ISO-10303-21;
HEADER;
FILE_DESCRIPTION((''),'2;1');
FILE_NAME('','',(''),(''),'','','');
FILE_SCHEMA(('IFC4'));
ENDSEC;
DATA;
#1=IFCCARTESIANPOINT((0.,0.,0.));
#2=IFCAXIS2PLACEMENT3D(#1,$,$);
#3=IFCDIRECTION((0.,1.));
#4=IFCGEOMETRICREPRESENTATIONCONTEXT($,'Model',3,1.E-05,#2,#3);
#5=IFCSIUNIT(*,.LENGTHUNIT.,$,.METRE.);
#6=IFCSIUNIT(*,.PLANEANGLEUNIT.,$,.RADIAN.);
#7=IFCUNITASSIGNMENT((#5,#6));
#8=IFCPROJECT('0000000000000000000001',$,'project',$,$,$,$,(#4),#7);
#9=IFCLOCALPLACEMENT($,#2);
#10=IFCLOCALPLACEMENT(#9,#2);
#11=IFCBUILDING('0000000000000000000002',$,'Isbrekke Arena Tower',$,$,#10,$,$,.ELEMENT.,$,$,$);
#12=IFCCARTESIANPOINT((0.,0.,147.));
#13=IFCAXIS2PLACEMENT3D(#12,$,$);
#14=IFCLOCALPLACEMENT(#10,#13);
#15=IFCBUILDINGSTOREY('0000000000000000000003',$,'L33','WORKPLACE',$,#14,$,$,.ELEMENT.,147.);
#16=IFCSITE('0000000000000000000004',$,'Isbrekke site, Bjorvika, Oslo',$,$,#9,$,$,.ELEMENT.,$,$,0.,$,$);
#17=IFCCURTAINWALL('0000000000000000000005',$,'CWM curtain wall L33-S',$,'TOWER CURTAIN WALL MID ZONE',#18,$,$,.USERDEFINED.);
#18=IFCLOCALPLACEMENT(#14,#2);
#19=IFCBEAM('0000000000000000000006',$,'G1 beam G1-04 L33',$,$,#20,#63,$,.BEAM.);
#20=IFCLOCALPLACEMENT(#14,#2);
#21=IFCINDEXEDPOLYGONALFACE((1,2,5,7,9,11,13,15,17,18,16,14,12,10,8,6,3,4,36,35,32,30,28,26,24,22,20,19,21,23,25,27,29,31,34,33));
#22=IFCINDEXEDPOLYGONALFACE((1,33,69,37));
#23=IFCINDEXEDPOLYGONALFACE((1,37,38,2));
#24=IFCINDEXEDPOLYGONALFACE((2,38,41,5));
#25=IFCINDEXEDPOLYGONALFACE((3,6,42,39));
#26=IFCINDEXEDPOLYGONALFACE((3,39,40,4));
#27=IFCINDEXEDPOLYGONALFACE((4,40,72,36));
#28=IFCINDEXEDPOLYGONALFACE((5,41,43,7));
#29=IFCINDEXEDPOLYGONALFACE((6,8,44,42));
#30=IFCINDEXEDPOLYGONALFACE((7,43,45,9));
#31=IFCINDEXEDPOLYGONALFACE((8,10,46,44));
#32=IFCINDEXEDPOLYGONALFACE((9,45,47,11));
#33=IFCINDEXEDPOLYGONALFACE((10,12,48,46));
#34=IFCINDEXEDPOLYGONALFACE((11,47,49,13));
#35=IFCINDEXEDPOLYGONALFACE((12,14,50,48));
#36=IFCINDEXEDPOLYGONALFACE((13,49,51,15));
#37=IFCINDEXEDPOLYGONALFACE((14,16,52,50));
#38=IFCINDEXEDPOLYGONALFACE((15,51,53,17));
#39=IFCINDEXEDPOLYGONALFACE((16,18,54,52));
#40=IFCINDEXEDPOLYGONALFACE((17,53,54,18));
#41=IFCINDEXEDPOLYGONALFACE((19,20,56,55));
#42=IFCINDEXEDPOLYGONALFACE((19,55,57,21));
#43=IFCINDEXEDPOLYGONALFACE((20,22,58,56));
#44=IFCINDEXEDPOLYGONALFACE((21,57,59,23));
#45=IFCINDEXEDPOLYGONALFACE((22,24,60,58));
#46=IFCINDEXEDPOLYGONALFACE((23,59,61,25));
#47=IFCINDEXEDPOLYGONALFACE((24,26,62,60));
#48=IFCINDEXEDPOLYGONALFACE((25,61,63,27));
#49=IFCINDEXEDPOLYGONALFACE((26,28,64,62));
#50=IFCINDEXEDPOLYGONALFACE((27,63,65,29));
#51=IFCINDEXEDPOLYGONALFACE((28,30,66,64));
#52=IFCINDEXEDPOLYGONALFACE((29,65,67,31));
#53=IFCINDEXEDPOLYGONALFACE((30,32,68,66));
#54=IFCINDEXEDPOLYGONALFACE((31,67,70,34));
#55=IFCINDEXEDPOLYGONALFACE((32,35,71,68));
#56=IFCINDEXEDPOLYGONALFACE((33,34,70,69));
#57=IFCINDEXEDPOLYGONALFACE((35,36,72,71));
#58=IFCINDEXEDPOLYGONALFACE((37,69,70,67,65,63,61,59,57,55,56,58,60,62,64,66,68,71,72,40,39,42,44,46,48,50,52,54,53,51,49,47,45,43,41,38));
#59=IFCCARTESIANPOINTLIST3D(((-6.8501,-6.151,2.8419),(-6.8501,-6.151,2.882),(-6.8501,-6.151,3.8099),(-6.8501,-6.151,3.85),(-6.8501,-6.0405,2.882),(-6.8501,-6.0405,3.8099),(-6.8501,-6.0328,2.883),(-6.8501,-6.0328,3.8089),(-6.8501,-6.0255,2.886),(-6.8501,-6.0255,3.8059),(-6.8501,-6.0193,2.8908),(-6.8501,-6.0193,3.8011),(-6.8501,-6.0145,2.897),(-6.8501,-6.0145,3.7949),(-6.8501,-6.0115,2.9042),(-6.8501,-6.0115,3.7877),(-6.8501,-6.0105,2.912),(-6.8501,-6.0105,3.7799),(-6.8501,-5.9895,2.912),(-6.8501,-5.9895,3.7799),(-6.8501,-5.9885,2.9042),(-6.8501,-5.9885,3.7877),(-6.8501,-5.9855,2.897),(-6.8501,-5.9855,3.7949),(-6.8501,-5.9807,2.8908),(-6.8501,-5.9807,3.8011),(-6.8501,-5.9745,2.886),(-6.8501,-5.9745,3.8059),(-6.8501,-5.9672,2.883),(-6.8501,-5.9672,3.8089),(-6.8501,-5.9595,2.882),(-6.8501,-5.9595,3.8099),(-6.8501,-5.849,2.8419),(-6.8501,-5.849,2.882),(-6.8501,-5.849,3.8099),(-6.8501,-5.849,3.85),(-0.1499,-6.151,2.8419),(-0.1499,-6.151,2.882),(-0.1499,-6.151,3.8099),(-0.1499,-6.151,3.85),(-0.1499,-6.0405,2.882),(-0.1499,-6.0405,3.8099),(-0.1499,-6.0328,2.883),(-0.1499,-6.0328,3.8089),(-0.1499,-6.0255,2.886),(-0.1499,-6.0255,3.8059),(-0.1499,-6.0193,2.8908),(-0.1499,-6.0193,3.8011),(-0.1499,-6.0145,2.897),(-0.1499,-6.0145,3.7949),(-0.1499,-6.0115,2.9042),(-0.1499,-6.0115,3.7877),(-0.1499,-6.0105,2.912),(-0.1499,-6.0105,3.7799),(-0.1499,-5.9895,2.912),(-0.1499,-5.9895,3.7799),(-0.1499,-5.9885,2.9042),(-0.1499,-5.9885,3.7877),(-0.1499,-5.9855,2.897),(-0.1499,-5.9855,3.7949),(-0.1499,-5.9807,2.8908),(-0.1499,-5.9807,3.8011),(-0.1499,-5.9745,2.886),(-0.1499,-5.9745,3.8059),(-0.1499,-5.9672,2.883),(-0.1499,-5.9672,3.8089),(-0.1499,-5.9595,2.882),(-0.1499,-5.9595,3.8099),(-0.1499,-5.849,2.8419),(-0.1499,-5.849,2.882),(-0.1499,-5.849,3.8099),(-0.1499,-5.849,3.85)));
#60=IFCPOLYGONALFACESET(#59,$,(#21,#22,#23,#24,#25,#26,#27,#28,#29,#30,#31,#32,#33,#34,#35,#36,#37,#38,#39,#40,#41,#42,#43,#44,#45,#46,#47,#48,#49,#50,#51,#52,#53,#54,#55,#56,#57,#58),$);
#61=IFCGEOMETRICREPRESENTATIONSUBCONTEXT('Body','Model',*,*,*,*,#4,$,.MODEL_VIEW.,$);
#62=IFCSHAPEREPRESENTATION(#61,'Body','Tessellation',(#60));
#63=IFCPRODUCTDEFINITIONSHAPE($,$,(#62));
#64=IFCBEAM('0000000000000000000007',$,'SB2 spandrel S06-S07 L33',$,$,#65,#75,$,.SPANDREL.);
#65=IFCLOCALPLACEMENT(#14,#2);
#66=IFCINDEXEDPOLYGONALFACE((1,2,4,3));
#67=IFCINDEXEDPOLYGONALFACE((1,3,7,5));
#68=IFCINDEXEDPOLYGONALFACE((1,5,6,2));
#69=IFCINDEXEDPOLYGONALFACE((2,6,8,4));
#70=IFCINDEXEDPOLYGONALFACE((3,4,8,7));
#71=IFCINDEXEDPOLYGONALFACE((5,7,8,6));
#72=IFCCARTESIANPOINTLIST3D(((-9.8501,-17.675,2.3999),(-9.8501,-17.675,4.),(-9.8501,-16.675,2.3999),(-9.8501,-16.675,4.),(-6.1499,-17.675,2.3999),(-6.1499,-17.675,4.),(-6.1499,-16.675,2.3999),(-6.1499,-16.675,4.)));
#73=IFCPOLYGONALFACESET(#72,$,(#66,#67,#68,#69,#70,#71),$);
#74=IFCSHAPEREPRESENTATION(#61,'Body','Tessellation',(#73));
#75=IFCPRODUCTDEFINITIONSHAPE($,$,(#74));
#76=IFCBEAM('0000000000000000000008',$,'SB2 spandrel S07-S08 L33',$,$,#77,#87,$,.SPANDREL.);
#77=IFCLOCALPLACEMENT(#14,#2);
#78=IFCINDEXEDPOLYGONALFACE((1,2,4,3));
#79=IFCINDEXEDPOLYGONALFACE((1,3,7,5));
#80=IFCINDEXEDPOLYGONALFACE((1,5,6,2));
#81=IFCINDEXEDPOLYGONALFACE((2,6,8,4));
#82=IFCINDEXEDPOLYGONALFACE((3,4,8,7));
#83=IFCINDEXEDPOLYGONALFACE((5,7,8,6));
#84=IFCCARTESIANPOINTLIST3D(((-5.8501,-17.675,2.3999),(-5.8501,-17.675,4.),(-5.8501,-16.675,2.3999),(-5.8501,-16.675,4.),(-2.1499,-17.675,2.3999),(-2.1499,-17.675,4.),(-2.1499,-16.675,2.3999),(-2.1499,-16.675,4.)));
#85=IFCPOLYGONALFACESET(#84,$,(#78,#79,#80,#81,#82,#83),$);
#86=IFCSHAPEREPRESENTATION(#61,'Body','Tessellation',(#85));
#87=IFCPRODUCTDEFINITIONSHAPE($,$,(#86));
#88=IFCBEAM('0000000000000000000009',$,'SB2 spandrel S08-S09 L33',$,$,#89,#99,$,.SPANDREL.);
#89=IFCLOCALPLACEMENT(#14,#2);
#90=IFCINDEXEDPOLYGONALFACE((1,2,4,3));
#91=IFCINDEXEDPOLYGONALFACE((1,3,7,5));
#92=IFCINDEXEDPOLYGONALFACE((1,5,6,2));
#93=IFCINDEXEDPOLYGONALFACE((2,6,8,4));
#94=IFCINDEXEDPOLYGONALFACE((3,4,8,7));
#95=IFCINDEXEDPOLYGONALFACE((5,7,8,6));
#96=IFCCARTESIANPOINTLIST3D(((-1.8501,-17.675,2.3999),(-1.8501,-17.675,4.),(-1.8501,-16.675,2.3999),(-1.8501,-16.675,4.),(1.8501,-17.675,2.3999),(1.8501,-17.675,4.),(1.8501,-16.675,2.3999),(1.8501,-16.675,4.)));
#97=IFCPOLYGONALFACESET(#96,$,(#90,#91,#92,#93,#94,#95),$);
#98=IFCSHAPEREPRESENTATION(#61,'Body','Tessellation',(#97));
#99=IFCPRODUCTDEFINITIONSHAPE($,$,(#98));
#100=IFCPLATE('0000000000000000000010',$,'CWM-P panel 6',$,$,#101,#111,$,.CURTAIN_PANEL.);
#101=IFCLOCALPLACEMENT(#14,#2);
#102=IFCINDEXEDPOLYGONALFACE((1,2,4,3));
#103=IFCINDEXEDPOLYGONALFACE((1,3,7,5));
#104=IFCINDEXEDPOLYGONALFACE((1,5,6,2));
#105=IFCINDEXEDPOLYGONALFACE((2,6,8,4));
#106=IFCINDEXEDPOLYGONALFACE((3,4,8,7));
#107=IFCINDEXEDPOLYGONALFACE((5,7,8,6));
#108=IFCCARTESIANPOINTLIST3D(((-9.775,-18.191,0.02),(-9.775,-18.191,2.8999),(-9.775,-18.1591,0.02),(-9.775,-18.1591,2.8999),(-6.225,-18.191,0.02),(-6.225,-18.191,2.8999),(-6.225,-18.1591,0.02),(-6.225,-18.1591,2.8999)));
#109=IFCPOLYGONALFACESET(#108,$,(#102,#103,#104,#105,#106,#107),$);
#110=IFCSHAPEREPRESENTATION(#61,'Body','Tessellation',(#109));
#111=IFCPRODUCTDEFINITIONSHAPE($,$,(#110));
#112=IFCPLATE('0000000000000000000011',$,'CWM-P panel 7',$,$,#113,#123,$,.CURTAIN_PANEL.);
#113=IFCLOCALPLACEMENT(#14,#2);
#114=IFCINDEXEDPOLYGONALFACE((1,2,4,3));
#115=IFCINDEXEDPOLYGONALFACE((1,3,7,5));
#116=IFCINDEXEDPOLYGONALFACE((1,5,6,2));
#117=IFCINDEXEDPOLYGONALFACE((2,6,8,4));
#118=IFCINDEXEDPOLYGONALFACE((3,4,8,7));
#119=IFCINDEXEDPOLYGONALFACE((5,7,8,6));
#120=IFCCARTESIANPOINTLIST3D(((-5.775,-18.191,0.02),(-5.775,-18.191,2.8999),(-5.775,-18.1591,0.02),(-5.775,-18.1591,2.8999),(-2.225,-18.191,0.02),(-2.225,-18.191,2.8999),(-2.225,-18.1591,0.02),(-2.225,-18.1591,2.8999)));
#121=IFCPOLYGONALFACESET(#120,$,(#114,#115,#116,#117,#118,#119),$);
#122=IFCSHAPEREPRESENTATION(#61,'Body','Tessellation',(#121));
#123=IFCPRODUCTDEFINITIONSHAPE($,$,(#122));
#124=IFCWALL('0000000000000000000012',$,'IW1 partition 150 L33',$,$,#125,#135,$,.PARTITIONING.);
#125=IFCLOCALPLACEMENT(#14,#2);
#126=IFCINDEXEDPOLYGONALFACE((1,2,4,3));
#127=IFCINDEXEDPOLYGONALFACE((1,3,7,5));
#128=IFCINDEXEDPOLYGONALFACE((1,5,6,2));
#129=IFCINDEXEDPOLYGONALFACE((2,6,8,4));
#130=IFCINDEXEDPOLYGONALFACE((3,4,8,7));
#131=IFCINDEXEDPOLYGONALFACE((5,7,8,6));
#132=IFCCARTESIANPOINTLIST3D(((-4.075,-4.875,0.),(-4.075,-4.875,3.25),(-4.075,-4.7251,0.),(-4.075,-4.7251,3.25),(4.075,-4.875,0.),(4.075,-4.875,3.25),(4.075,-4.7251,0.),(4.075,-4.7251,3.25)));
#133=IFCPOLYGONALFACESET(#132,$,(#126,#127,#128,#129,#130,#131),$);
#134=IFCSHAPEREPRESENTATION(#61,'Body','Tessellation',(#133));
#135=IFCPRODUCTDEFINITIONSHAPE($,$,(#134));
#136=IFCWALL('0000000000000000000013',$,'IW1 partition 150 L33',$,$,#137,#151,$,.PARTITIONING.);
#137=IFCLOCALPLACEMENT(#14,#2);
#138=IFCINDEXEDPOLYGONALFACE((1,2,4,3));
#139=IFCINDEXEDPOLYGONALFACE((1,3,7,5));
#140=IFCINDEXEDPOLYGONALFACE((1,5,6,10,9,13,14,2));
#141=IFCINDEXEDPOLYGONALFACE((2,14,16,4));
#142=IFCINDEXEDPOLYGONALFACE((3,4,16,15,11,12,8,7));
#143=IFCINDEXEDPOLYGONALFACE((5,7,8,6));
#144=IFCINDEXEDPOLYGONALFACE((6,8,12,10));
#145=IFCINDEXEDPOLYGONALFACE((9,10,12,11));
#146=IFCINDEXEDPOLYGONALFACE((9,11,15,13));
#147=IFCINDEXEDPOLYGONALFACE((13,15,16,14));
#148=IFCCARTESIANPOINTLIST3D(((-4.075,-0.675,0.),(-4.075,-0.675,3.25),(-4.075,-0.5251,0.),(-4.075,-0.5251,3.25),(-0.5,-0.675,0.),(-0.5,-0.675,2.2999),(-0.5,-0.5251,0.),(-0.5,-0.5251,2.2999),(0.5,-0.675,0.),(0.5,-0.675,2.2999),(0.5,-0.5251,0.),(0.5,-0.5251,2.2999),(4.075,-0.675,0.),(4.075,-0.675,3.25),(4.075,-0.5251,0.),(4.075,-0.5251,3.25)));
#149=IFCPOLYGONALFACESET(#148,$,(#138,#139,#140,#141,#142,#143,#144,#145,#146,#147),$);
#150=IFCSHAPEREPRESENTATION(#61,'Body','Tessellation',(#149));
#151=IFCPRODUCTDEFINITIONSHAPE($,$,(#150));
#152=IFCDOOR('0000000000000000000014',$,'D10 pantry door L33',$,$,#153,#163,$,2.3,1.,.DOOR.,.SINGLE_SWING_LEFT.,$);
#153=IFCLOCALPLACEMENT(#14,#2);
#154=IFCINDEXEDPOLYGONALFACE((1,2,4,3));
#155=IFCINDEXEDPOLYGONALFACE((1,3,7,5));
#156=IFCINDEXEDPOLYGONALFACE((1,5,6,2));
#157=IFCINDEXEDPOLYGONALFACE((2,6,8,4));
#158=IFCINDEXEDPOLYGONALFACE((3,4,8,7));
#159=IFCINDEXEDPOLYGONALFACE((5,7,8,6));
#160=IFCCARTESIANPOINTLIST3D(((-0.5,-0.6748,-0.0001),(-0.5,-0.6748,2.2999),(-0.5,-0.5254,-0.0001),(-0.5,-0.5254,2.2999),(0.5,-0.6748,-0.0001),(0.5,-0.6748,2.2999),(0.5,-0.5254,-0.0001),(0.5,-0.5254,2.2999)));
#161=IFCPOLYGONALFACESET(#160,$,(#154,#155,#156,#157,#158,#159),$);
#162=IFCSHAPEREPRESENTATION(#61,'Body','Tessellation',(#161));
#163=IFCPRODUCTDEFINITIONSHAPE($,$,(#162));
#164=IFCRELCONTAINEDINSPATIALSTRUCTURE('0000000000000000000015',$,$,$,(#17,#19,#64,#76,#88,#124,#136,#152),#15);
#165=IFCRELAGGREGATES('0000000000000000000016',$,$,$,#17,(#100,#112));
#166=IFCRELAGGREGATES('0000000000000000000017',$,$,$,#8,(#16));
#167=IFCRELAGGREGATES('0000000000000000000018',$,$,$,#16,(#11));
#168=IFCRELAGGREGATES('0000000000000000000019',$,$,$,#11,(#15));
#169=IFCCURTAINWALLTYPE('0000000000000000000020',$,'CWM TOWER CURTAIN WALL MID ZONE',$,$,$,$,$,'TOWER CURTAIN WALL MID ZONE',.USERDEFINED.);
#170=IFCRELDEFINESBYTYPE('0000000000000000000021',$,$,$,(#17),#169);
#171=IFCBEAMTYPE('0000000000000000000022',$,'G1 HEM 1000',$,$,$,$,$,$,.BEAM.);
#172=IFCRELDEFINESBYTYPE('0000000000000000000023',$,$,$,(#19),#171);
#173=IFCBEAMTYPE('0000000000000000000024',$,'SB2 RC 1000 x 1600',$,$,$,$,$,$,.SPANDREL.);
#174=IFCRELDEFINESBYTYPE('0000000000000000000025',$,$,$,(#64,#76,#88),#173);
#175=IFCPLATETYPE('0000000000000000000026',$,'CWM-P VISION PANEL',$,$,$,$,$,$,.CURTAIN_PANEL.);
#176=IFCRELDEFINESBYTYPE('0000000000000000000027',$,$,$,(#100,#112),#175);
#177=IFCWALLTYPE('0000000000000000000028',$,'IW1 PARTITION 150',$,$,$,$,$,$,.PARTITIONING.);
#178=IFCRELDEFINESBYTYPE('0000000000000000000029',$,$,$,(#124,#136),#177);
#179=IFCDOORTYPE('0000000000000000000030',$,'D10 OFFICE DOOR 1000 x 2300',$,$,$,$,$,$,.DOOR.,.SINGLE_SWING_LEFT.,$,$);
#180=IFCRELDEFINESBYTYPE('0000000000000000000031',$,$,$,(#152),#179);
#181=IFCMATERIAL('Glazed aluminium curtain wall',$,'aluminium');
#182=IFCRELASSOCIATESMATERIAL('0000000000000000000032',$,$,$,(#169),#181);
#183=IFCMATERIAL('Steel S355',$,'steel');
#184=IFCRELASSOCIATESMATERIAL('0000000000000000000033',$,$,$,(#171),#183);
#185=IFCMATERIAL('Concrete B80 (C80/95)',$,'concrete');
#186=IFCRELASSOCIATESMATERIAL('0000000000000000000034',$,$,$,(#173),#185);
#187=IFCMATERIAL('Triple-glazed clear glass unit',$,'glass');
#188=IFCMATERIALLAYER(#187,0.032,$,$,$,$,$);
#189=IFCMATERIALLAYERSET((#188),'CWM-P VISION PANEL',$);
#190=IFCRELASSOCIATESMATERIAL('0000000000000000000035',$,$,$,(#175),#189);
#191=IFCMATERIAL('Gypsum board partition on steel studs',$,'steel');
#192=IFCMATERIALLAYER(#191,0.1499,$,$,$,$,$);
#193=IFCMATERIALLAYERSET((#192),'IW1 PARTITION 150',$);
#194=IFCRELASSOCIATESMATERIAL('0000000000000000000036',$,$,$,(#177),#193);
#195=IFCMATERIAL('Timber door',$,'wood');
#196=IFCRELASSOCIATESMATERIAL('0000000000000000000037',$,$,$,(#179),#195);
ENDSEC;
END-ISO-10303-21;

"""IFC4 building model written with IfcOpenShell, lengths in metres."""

from ifc_helpers import new_model, si_unit, direction, frame, frame_2d, origin, origin_2d, place, context, subcontext, project, spatial, rectangle, i_section, extrude, material, layer, layer_set, material_profile, profile_set, type_object, element, fill, aggregate, save


model = new_model("IFC4")

# Units and contexts
model_context = context("Model", 3, precision=1e-05, world=origin(), true_north=direction((0.0, 1.0)))
body_context = subcontext(model_context, "Body", "Model", "MODEL_VIEW")
ifc_project = project(units=[si_unit("LENGTHUNIT", "METRE"), si_unit("PLANEANGLEUNIT", "RADIAN")], contexts=[model_context])

# Site, building, storey
site_placement = place(None, origin())
site = spatial("IfcSite", under=ifc_project, at=site_placement, Name="Isbrekke site, Bjorvika, Oslo", CompositionType="ELEMENT", RefElevation=0.0)
building_placement = place(site_placement, origin())
building = spatial("IfcBuilding", under=site, at=building_placement, Name="Isbrekke Arena Tower", CompositionType="ELEMENT")
storey_placement = place(building_placement, frame((0.0, 0.0, 147.0)))
storey = spatial("IfcBuildingStorey", under=building, at=storey_placement, Name="L33", Description="WORKPLACE", CompositionType="ELEMENT", Elevation=147.0)

# Curtain wall
ifc_material_1 = material(Name="Glazed aluminium curtain wall", Category="aluminium")
curtain_wall_type = type_object("IfcCurtainWallType", Name="CWM TOWER CURTAIN WALL MID ZONE", ElementType="TOWER CURTAIN WALL MID ZONE", PredefinedType="USERDEFINED", material=ifc_material_1)
curtain_wall_placement = place(storey_placement, origin())
curtain_wall = element("IfcCurtainWall", 1, at=curtain_wall_placement, inside=storey, type_object=curtain_wall_type, Name="CWM curtain wall L33-S", ObjectType="TOWER CURTAIN WALL MID ZONE", PredefinedType="USERDEFINED")

# Beams
ifc_material_2 = material(Name="Steel S355", Category="steel")
ifc_material_profile_1 = material_profile(ifc_material_2, i_section(OverallWidth=0.302, OverallDepth=1.0081, WebThickness=0.021, FlangeThickness=0.04, FilletRadius=0.03, at=origin_2d()), Name="HEM 1000")
ifc_profile_set_1 = profile_set([ifc_material_profile_1], Name="Steel S355")
beam_type_1 = type_object("IfcBeamType", Name="G1 HEM 1000", PredefinedType="BEAM", material=ifc_profile_set_1)
beam_1_placement = place(storey_placement, frame((-6.8501, -6.0, 3.3459), z_axis=(1.0, 0.0, 0.0), x_axis=(0.0, 1.0, 0.0)))
element("IfcBeam", 2, at=beam_1_placement, inside=storey, type_object=beam_type_1, Name="G1 beam G1-04 L33", PredefinedType="BEAM", context=body_context, shape_type="SweptSolid", body=[
    extrude(i_section(OverallWidth=0.302, OverallDepth=1.0081, WebThickness=0.021, FlangeThickness=0.04, FilletRadius=0.03, at=origin_2d()), origin(), (0.0, 0.0, 1.0), 6.7002),
])
ifc_material_3 = material(Name="Concrete B80 (C80/95)", Category="concrete")
ifc_material_profile_2 = material_profile(ifc_material_3, rectangle(XDim=1.0, YDim=1.6001, at=origin_2d()), Name="RC 1000x1600")
ifc_profile_set_2 = profile_set([ifc_material_profile_2], Name="Concrete B80 (C80/95)")
beam_type_2 = type_object("IfcBeamType", Name="SB2 RC 1000 x 1600", PredefinedType="SPANDREL", material=ifc_profile_set_2)
for number, where, z_axis, x_axis, name in (
    (3, (-9.8501, -17.175, 3.2), (1.0, 0.0, 0.0), (0.0, 1.0, 0.0), "SB2 spandrel S06-S07 L33"),
    (4, (-5.8501, -17.175, 3.2), (1.0, 0.0, 0.0), (0.0, 1.0, 0.0), "SB2 spandrel S07-S08 L33"),
    (5, (-1.8501, -17.175, 3.2), (1.0, 0.0, 0.0), (0.0, 1.0, 0.0), "SB2 spandrel S08-S09 L33"),
):
    element("IfcBeam", number, at=place(storey_placement, frame(where, z_axis=z_axis, x_axis=x_axis)), inside=storey, type_object=beam_type_2, Name=name, PredefinedType="SPANDREL", context=body_context, shape_type="SweptSolid", body=[
        extrude(rectangle(XDim=1.0, YDim=1.6001, at=origin_2d()), origin(), (0.0, 0.0, 1.0), 3.7002),
    ])

# Plates
ifc_material_4 = material(Name="Triple-glazed clear glass unit", Category="glass")
ifc_layer_1 = layer(ifc_material_4, 0.032)
ifc_layer_set_1 = layer_set([ifc_layer_1], Name="CWM-P VISION PANEL")
plate_type = type_object("IfcPlateType", Name="CWM-P VISION PANEL", PredefinedType="CURTAIN_PANEL", material=ifc_layer_set_1)
plate_1_placement = place(storey_placement, frame((-8.0, -18.175, 0.02), z_axis=(0.0, 0.0, 1.0), x_axis=(1.0, 0.0, 0.0)))
plate_1 = element("IfcPlate", 6, at=plate_1_placement, type_object=plate_type, Name="CWM-P panel 6", PredefinedType="CURTAIN_PANEL", context=body_context, shape_type="SweptSolid", body=[
    extrude(rectangle(XDim=3.55, YDim=0.032, at=origin_2d()), origin(), (0.0, 0.0, 1.0), 2.8799),
])
plate_2_placement = place(storey_placement, frame((-4.0, -18.175, 0.02), z_axis=(0.0, 0.0, 1.0), x_axis=(1.0, 0.0, 0.0)))
plate_2 = element("IfcPlate", 7, at=plate_2_placement, type_object=plate_type, Name="CWM-P panel 7", PredefinedType="CURTAIN_PANEL", context=body_context, shape_type="SweptSolid", body=[
    extrude(rectangle(XDim=3.55, YDim=0.032, at=origin_2d()), origin(), (0.0, 0.0, 1.0), 2.8799),
])
aggregate(curtain_wall, [plate_1, plate_2])

# Wall
ifc_material_5 = material(Name="Gypsum board partition on steel studs", Category="steel")
ifc_layer_2 = layer(ifc_material_5, 0.1499)
ifc_layer_set_2 = layer_set([ifc_layer_2], Name="IW1 PARTITION 150")
wall_type_1 = type_object("IfcWallType", Name="IW1 PARTITION 150", PredefinedType="PARTITIONING", material=ifc_layer_set_2)
wall_1_placement = place(storey_placement, frame((-4.075, -4.8, 0.0), z_axis=(0.0, 0.0, 1.0), x_axis=(1.0, 0.0, 0.0)))
element("IfcWall", 8, at=wall_1_placement, inside=storey, type_object=wall_type_1, Name="IW1 partition 150 L33", PredefinedType="PARTITIONING", context=body_context, shape_type="SweptSolid", body=[
    extrude(rectangle(XDim=8.1499, YDim=0.1499, at=frame_2d((4.075, 0.0))), origin(), (0.0, 0.0, 1.0), 3.25),
])

# Wall, opening, door
wall_2_placement = place(storey_placement, frame((-4.075, -0.6001, 0.0), z_axis=(0.0, 0.0, 1.0), x_axis=(1.0, 0.0, 0.0)))
wall_2 = element("IfcWall", 9, at=wall_2_placement, inside=storey, type_object=wall_type_1, Name="IW1 partition 150 L33", PredefinedType="PARTITIONING", context=body_context, shape_type="SweptSolid", body=[
    extrude(rectangle(XDim=8.1499, YDim=0.1499, at=frame_2d((4.075, 0.0))), origin(), (0.0, 0.0, 1.0), 3.25),
])
opening_1_placement = place(wall_2_placement, frame((3.575, 0.0, 0.0)))
opening_1 = element("IfcOpeningElement", 10, at=opening_1_placement, cuts=wall_2, PredefinedType="OPENING", context=body_context, shape_type="SweptSolid", body=[
    extrude(rectangle(XDim=1.0, YDim=2.3, at=frame_2d((0.5, 1.1499))), frame((0.0, 0.0898, 0.0), z_axis=(0.0, -1.0, 0.0), x_axis=(1.0, 0.0, 0.0)), (0.0, 0.0, 1.0), 0.1797),
])
ifc_material_6 = material(Name="Timber door", Category="wood")
door_type = type_object("IfcDoorType", Name="D10 OFFICE DOOR 1000 x 2300", OperationType="SINGLE_SWING_LEFT", PredefinedType="DOOR", material=ifc_material_6)
door_1_placement = place(opening_1_placement, origin())
door_1 = element("IfcDoor", 11, at=door_1_placement, inside=storey, type_object=door_type, Name="D10 pantry door L33", OperationType="SINGLE_SWING_LEFT", OverallHeight=2.3, OverallWidth=1.0, PredefinedType="DOOR", context=body_context, shape_type="SweptSolid", body=[
    extrude(rectangle(XDim=1.0, YDim=2.3, at=frame_2d((0.5, 1.1499))), frame((0.0, 0.0747, 0.0), z_axis=(0.0, -1.0, 0.0), x_axis=(1.0, 0.0, 0.0)), (0.0, 0.0, 1.0), 0.1494),
])
fill(opening_1, door_1)

save(model, "model.ifc")
